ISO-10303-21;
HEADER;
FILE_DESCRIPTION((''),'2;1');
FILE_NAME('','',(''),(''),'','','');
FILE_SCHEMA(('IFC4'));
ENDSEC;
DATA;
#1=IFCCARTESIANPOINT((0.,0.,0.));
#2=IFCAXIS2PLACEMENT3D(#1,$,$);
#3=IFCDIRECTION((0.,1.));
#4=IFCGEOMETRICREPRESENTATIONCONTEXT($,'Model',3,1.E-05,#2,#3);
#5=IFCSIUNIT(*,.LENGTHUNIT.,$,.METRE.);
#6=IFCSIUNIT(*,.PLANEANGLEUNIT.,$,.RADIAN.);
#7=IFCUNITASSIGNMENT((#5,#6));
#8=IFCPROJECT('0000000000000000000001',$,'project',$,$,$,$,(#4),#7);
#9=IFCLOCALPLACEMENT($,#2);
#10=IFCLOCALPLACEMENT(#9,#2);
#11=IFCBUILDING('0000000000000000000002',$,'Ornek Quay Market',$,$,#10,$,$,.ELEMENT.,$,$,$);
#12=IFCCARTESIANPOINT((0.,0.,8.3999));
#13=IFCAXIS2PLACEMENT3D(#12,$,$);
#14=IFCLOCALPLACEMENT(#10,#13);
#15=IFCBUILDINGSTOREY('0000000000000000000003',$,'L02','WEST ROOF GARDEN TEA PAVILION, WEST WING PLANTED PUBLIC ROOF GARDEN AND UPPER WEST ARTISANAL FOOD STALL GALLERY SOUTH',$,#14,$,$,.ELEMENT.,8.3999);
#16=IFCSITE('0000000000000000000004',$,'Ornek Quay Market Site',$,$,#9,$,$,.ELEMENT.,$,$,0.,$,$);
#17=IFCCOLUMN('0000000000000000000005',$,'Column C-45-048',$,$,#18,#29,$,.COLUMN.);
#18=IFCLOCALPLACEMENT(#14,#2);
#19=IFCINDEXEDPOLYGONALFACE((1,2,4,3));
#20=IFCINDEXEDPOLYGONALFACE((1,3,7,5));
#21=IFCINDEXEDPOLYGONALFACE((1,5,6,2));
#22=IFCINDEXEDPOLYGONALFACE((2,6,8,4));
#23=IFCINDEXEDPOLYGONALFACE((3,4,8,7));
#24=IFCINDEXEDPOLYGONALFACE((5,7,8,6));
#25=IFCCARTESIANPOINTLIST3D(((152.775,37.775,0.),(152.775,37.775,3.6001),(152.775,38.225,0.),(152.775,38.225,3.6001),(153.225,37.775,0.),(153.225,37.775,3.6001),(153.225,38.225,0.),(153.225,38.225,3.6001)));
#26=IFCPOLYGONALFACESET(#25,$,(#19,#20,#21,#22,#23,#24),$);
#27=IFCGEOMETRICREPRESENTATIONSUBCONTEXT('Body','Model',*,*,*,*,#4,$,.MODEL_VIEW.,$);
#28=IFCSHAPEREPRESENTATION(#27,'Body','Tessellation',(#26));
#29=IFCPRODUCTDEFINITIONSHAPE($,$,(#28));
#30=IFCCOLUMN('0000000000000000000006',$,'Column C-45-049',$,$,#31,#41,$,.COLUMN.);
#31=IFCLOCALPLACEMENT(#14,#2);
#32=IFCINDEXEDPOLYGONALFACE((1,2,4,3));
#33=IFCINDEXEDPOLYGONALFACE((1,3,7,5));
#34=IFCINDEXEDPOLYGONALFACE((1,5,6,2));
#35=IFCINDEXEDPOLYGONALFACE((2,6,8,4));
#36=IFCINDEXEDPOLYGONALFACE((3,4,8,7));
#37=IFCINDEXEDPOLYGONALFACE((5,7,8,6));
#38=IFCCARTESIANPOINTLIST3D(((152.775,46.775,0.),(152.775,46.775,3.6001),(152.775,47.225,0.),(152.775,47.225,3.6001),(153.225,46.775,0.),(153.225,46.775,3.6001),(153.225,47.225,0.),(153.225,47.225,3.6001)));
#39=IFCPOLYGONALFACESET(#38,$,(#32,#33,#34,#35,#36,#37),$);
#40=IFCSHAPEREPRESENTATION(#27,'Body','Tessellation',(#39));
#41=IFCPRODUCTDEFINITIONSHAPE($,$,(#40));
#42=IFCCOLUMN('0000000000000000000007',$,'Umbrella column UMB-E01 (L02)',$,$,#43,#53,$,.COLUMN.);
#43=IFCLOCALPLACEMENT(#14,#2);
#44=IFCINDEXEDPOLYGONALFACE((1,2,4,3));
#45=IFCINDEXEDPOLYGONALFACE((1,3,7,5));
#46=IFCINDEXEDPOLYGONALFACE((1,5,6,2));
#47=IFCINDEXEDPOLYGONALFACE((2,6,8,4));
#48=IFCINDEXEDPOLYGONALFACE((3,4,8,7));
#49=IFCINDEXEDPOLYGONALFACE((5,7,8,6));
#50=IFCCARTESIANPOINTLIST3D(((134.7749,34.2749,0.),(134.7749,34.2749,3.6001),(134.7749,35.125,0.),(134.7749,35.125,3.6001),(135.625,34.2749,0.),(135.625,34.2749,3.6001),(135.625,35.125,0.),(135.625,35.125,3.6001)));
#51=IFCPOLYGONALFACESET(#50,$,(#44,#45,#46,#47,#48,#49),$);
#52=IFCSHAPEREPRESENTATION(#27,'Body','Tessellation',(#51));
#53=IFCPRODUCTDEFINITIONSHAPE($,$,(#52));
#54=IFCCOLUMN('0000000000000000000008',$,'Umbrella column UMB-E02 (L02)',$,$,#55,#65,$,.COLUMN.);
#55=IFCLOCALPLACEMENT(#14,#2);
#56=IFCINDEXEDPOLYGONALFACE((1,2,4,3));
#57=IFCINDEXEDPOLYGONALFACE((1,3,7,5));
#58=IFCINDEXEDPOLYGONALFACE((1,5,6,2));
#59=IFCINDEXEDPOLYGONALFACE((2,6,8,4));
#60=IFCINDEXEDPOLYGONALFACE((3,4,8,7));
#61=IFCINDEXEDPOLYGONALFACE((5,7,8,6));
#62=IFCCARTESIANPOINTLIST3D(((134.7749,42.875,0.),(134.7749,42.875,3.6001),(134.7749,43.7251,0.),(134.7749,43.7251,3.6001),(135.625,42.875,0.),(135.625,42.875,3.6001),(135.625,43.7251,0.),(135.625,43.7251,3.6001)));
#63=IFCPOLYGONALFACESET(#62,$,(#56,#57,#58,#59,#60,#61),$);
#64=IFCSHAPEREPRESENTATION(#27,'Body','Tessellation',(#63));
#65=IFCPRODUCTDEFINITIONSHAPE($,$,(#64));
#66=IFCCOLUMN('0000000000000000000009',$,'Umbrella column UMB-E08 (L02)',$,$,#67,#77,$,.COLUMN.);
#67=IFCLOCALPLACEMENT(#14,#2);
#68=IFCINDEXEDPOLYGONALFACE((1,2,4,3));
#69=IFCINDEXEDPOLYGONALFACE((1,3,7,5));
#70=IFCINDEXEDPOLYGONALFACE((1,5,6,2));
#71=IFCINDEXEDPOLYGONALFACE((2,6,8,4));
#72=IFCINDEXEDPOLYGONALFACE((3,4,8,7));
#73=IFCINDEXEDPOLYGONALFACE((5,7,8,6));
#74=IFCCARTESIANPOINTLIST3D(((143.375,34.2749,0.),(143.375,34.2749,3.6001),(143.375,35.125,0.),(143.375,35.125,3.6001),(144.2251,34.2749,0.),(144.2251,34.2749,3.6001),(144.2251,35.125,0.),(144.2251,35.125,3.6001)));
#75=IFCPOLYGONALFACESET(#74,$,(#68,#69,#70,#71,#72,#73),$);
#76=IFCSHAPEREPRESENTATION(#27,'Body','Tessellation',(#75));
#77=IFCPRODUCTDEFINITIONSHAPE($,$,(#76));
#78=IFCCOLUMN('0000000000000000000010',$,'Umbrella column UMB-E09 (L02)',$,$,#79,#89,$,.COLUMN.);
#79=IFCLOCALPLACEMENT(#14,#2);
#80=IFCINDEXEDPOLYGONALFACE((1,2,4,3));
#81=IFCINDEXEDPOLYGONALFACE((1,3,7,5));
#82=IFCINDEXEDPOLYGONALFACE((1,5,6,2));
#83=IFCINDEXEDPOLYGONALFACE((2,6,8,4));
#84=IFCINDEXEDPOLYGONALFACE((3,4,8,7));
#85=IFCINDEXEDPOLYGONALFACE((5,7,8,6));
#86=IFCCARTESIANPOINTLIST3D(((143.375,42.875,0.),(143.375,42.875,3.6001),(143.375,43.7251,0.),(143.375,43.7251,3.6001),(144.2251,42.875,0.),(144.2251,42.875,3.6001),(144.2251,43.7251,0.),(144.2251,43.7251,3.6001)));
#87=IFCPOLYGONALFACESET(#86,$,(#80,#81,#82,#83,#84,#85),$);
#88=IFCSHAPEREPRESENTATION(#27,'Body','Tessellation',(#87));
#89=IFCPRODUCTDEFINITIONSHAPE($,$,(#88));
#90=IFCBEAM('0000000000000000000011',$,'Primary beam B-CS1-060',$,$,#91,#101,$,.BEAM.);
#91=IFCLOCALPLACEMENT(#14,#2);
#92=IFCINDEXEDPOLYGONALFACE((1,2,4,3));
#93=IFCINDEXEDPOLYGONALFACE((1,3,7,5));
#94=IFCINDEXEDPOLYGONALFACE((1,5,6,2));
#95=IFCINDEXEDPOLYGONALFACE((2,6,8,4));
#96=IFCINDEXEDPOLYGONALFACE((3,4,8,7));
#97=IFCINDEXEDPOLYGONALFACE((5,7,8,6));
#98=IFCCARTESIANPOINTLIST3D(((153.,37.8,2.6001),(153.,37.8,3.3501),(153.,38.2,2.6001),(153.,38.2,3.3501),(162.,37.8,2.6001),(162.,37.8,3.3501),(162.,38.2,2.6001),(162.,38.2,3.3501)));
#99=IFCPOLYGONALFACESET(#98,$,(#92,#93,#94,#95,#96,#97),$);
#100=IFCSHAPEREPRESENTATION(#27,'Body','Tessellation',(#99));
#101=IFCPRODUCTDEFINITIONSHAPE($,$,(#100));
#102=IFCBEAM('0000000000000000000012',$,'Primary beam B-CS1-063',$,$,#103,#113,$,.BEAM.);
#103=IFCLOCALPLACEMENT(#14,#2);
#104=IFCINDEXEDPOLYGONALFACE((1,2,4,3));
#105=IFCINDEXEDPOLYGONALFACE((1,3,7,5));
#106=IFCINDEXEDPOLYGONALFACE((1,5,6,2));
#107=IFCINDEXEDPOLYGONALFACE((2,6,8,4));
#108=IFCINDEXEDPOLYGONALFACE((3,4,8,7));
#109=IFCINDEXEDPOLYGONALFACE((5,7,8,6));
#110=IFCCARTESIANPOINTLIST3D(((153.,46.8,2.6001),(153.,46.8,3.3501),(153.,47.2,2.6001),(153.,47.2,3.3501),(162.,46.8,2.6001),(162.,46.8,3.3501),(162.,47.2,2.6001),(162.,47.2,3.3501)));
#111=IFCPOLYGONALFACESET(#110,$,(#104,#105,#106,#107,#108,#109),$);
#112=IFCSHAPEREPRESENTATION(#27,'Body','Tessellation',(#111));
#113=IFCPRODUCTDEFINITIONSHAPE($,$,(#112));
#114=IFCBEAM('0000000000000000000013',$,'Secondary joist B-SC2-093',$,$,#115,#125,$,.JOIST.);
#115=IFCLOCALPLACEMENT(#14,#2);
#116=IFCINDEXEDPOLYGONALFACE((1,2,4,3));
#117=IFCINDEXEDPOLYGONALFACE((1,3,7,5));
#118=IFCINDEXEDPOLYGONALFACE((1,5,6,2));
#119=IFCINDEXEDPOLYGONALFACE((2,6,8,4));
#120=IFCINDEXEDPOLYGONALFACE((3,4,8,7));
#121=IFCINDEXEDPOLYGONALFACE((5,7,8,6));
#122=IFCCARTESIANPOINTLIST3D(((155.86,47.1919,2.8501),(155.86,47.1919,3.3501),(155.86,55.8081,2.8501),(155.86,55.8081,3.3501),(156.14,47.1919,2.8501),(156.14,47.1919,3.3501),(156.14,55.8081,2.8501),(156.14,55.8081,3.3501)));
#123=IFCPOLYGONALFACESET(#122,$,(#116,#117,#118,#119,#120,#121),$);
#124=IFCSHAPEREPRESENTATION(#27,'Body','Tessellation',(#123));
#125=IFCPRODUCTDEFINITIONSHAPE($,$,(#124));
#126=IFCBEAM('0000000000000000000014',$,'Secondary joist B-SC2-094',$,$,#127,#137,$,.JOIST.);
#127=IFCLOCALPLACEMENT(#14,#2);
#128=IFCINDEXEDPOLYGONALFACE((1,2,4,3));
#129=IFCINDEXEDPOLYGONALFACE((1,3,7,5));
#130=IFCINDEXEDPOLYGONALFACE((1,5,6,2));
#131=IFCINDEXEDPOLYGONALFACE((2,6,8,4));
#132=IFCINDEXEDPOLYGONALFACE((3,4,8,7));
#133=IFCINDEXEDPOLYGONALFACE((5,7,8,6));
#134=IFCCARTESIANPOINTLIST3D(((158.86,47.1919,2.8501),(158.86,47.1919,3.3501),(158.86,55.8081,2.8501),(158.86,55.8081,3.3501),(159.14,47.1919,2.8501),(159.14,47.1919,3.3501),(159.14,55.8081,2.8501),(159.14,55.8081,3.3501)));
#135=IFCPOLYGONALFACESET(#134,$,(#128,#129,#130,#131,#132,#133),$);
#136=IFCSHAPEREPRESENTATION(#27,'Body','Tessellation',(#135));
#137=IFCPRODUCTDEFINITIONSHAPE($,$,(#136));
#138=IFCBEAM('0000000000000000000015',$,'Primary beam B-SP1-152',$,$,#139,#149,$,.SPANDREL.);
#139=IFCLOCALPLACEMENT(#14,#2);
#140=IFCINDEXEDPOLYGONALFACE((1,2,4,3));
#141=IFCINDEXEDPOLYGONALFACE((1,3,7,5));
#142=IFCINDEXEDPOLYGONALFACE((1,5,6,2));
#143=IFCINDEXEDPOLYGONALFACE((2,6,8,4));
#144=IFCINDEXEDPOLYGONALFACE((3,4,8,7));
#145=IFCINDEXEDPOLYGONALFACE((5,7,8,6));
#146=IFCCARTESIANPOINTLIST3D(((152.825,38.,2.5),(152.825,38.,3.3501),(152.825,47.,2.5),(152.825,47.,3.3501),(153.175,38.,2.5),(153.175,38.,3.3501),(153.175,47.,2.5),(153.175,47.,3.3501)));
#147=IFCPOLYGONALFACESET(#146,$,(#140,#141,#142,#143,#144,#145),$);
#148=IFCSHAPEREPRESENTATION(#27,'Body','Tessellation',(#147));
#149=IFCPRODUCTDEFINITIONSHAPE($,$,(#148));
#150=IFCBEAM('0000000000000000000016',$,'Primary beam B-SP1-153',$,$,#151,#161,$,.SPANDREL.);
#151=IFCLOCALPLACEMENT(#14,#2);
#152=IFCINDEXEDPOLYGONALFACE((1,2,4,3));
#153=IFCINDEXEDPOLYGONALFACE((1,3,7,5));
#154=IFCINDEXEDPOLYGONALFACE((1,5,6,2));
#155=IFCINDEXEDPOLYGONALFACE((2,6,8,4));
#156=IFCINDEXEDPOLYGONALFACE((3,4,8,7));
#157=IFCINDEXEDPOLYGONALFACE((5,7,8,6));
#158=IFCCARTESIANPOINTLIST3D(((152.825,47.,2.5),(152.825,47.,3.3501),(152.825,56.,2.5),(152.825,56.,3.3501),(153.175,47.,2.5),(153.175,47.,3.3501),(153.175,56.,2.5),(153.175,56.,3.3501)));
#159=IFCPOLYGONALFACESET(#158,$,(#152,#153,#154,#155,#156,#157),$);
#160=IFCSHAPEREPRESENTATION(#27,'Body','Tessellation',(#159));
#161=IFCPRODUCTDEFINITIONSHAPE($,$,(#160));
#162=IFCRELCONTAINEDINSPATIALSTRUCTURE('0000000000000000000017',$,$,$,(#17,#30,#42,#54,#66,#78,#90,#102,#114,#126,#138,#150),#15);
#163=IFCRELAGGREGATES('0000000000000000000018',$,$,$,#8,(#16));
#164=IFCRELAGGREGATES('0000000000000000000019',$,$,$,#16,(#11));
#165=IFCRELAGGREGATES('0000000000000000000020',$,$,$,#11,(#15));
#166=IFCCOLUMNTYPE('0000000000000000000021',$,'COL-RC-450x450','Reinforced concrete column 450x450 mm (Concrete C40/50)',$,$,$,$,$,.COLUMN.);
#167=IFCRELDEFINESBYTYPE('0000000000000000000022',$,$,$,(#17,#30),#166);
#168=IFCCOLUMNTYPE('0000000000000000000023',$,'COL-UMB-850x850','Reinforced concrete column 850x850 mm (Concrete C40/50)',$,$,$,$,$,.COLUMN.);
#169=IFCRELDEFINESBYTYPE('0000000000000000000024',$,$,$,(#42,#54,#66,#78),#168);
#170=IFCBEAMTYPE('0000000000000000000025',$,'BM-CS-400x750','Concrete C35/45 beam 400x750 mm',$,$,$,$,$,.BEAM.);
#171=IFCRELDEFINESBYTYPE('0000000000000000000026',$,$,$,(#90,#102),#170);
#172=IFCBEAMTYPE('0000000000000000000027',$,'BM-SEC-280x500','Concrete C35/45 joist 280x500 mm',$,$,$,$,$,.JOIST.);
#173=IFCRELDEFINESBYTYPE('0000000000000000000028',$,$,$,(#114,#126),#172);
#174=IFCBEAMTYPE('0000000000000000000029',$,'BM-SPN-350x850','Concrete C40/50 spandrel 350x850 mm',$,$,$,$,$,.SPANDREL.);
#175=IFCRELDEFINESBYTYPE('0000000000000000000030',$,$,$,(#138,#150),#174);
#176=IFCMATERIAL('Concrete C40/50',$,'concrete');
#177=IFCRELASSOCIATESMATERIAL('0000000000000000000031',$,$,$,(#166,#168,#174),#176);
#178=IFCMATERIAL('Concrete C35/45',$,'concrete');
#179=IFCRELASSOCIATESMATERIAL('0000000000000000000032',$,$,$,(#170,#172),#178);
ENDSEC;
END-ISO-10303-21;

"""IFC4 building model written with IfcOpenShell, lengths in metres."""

from ifc_helpers import new_model, si_unit, direction, frame, origin, origin_2d, place, context, subcontext, project, spatial, rectangle, extrude, material, material_profile, profile_set, type_object, element, save


model = new_model("IFC4")

# Units and contexts
model_context = context("Model", 3, precision=1e-05, world=origin(), true_north=direction((0.0, 1.0)))
body_context = subcontext(model_context, "Body", "Model", "MODEL_VIEW")
ifc_project = project(units=[si_unit("LENGTHUNIT", "METRE"), si_unit("PLANEANGLEUNIT", "RADIAN")], contexts=[model_context])

# Site, building, storey
site_placement = place(None, origin())
site = spatial("IfcSite", under=ifc_project, at=site_placement, Name="Ornek Quay Market Site", CompositionType="ELEMENT", RefElevation=0.0)
building_placement = place(site_placement, origin())
building = spatial("IfcBuilding", under=site, at=building_placement, Name="Ornek Quay Market", CompositionType="ELEMENT")
storey_placement = place(building_placement, frame((0.0, 0.0, 8.3999)))
storey = spatial("IfcBuildingStorey", under=building, at=storey_placement, Name="L02", Description="WEST ROOF GARDEN TEA PAVILION, WEST WING PLANTED PUBLIC ROOF GARDEN AND UPPER WEST ARTISANAL FOOD STALL GALLERY SOUTH", CompositionType="ELEMENT", Elevation=8.3999)

# Columns
ifc_material_1 = material(Name="Concrete C40/50", Category="concrete")
ifc_material_profile_1 = material_profile(ifc_material_1, rectangle(XDim=0.45, YDim=0.45, at=origin_2d()), Name="RC 450x450", Category="concrete")
ifc_profile_set_1 = profile_set([ifc_material_profile_1], Name="Concrete C40/50")
column_type_1 = type_object("IfcColumnType", Name="COL-RC-450x450", Description="Reinforced concrete column 450x450 mm (Concrete C40/50)", PredefinedType="COLUMN", material=ifc_profile_set_1)
for number, where, z_axis, x_axis, name in (
    (1, (153.0, 38.0, 0.0), (0.0, 0.0, 1.0), (1.0, 0.0, 0.0), "Column C-45-048"),
    (2, (153.0, 47.0, 0.0), (0.0, 0.0, 1.0), (1.0, 0.0, 0.0), "Column C-45-049"),
):
    element("IfcColumn", number, at=place(storey_placement, frame(where, z_axis=z_axis, x_axis=x_axis)), inside=storey, type_object=column_type_1, Name=name, PredefinedType="COLUMN", context=body_context, shape_type="SweptSolid", body=[
        extrude(rectangle(XDim=0.45, YDim=0.45, at=origin_2d()), origin(), (0.0, 0.0, 1.0), 3.6001),
    ])
ifc_material_profile_2 = material_profile(ifc_material_1, rectangle(XDim=0.8501, YDim=0.8501, at=origin_2d()), Name="RC 850x850", Category="concrete")
ifc_profile_set_2 = profile_set([ifc_material_profile_2], Name="Concrete C40/50")
column_type_2 = type_object("IfcColumnType", Name="COL-UMB-850x850", Description="Reinforced concrete column 850x850 mm (Concrete C40/50)", PredefinedType="COLUMN", material=ifc_profile_set_2)
for number, where, z_axis, x_axis, name in (
    (3, (135.2, 34.7, 0.0), (0.0, 0.0, 1.0), (1.0, 0.0, 0.0), "Umbrella column UMB-E01 (L02)"),
    (4, (135.2, 43.3, 0.0), (0.0, 0.0, 1.0), (1.0, 0.0, 0.0), "Umbrella column UMB-E02 (L02)"),
    (5, (143.8, 34.7, 0.0), (0.0, 0.0, 1.0), (1.0, 0.0, 0.0), "Umbrella column UMB-E08 (L02)"),
    (6, (143.8, 43.3, 0.0), (0.0, 0.0, 1.0), (1.0, 0.0, 0.0), "Umbrella column UMB-E09 (L02)"),
):
    element("IfcColumn", number, at=place(storey_placement, frame(where, z_axis=z_axis, x_axis=x_axis)), inside=storey, type_object=column_type_2, Name=name, PredefinedType="COLUMN", context=body_context, shape_type="SweptSolid", body=[
        extrude(rectangle(XDim=0.8501, YDim=0.8501, at=origin_2d()), origin(), (0.0, 0.0, 1.0), 3.6001),
    ])

# Beams
ifc_material_2 = material(Name="Concrete C35/45", Category="concrete")
ifc_material_profile_3 = material_profile(ifc_material_2, rectangle(XDim=0.3999, YDim=0.75, at=origin_2d()), Name="RC 400x750", Category="concrete")
ifc_profile_set_3 = profile_set([ifc_material_profile_3], Name="Concrete C35/45")
beam_type_1 = type_object("IfcBeamType", Name="BM-CS-400x750", Description="Concrete C35/45 beam 400x750 mm", PredefinedType="BEAM", material=ifc_profile_set_3)
for number, where, z_axis, x_axis, name in (
    (7, (153.0, 38.0, 2.9751), (1.0, 0.0, 0.0), (0.0, 1.0, 0.0), "Primary beam B-CS1-060"),
    (8, (153.0, 47.0, 2.9751), (1.0, 0.0, 0.0), (0.0, 1.0, 0.0), "Primary beam B-CS1-063"),
):
    element("IfcBeam", number, at=place(storey_placement, frame(where, z_axis=z_axis, x_axis=x_axis)), inside=storey, type_object=beam_type_1, Name=name, PredefinedType="BEAM", context=body_context, shape_type="SweptSolid", body=[
        extrude(rectangle(XDim=0.3999, YDim=0.75, at=origin_2d()), origin(), (0.0, 0.0, 1.0), 9.0),
    ])
ifc_material_profile_4 = material_profile(ifc_material_2, rectangle(XDim=0.28, YDim=0.5, at=origin_2d()), Name="RC 280x500", Category="concrete")
ifc_profile_set_4 = profile_set([ifc_material_profile_4], Name="Concrete C35/45")
beam_type_2 = type_object("IfcBeamType", Name="BM-SEC-280x500", Description="Concrete C35/45 joist 280x500 mm", PredefinedType="JOIST", material=ifc_profile_set_4)
for number, where, z_axis, x_axis, name in (
    (9, (156.0, 47.1919, 3.1001), (0.0, 1.0, 0.0), (-1.0, 0.0, 0.0), "Secondary joist B-SC2-093"),
    (10, (159.0, 47.1919, 3.1001), (0.0, 1.0, 0.0), (-1.0, 0.0, 0.0), "Secondary joist B-SC2-094"),
):
    element("IfcBeam", number, at=place(storey_placement, frame(where, z_axis=z_axis, x_axis=x_axis)), inside=storey, type_object=beam_type_2, Name=name, PredefinedType="JOIST", context=body_context, shape_type="SweptSolid", body=[
        extrude(rectangle(XDim=0.28, YDim=0.5, at=origin_2d()), origin(), (0.0, 0.0, 1.0), 8.6162),
    ])
ifc_material_profile_5 = material_profile(ifc_material_1, rectangle(XDim=0.3501, YDim=0.8501, at=origin_2d()), Name="RC 350x850", Category="concrete")
ifc_profile_set_5 = profile_set([ifc_material_profile_5], Name="Concrete C40/50")
beam_type_3 = type_object("IfcBeamType", Name="BM-SPN-350x850", Description="Concrete C40/50 spandrel 350x850 mm", PredefinedType="SPANDREL", material=ifc_profile_set_5)
for number, where, z_axis, x_axis, name in (
    (11, (153.0, 38.0, 2.925), (0.0, 1.0, 0.0), (-1.0, 0.0, 0.0), "Primary beam B-SP1-152"),
    (12, (153.0, 47.0, 2.925), (0.0, 1.0, 0.0), (-1.0, 0.0, 0.0), "Primary beam B-SP1-153"),
):
    element("IfcBeam", number, at=place(storey_placement, frame(where, z_axis=z_axis, x_axis=x_axis)), inside=storey, type_object=beam_type_3, Name=name, PredefinedType="SPANDREL", context=body_context, shape_type="SweptSolid", body=[
        extrude(rectangle(XDim=0.3501, YDim=0.8501, at=origin_2d()), origin(), (0.0, 0.0, 1.0), 9.0),
    ])

save(model, "model.ifc")
